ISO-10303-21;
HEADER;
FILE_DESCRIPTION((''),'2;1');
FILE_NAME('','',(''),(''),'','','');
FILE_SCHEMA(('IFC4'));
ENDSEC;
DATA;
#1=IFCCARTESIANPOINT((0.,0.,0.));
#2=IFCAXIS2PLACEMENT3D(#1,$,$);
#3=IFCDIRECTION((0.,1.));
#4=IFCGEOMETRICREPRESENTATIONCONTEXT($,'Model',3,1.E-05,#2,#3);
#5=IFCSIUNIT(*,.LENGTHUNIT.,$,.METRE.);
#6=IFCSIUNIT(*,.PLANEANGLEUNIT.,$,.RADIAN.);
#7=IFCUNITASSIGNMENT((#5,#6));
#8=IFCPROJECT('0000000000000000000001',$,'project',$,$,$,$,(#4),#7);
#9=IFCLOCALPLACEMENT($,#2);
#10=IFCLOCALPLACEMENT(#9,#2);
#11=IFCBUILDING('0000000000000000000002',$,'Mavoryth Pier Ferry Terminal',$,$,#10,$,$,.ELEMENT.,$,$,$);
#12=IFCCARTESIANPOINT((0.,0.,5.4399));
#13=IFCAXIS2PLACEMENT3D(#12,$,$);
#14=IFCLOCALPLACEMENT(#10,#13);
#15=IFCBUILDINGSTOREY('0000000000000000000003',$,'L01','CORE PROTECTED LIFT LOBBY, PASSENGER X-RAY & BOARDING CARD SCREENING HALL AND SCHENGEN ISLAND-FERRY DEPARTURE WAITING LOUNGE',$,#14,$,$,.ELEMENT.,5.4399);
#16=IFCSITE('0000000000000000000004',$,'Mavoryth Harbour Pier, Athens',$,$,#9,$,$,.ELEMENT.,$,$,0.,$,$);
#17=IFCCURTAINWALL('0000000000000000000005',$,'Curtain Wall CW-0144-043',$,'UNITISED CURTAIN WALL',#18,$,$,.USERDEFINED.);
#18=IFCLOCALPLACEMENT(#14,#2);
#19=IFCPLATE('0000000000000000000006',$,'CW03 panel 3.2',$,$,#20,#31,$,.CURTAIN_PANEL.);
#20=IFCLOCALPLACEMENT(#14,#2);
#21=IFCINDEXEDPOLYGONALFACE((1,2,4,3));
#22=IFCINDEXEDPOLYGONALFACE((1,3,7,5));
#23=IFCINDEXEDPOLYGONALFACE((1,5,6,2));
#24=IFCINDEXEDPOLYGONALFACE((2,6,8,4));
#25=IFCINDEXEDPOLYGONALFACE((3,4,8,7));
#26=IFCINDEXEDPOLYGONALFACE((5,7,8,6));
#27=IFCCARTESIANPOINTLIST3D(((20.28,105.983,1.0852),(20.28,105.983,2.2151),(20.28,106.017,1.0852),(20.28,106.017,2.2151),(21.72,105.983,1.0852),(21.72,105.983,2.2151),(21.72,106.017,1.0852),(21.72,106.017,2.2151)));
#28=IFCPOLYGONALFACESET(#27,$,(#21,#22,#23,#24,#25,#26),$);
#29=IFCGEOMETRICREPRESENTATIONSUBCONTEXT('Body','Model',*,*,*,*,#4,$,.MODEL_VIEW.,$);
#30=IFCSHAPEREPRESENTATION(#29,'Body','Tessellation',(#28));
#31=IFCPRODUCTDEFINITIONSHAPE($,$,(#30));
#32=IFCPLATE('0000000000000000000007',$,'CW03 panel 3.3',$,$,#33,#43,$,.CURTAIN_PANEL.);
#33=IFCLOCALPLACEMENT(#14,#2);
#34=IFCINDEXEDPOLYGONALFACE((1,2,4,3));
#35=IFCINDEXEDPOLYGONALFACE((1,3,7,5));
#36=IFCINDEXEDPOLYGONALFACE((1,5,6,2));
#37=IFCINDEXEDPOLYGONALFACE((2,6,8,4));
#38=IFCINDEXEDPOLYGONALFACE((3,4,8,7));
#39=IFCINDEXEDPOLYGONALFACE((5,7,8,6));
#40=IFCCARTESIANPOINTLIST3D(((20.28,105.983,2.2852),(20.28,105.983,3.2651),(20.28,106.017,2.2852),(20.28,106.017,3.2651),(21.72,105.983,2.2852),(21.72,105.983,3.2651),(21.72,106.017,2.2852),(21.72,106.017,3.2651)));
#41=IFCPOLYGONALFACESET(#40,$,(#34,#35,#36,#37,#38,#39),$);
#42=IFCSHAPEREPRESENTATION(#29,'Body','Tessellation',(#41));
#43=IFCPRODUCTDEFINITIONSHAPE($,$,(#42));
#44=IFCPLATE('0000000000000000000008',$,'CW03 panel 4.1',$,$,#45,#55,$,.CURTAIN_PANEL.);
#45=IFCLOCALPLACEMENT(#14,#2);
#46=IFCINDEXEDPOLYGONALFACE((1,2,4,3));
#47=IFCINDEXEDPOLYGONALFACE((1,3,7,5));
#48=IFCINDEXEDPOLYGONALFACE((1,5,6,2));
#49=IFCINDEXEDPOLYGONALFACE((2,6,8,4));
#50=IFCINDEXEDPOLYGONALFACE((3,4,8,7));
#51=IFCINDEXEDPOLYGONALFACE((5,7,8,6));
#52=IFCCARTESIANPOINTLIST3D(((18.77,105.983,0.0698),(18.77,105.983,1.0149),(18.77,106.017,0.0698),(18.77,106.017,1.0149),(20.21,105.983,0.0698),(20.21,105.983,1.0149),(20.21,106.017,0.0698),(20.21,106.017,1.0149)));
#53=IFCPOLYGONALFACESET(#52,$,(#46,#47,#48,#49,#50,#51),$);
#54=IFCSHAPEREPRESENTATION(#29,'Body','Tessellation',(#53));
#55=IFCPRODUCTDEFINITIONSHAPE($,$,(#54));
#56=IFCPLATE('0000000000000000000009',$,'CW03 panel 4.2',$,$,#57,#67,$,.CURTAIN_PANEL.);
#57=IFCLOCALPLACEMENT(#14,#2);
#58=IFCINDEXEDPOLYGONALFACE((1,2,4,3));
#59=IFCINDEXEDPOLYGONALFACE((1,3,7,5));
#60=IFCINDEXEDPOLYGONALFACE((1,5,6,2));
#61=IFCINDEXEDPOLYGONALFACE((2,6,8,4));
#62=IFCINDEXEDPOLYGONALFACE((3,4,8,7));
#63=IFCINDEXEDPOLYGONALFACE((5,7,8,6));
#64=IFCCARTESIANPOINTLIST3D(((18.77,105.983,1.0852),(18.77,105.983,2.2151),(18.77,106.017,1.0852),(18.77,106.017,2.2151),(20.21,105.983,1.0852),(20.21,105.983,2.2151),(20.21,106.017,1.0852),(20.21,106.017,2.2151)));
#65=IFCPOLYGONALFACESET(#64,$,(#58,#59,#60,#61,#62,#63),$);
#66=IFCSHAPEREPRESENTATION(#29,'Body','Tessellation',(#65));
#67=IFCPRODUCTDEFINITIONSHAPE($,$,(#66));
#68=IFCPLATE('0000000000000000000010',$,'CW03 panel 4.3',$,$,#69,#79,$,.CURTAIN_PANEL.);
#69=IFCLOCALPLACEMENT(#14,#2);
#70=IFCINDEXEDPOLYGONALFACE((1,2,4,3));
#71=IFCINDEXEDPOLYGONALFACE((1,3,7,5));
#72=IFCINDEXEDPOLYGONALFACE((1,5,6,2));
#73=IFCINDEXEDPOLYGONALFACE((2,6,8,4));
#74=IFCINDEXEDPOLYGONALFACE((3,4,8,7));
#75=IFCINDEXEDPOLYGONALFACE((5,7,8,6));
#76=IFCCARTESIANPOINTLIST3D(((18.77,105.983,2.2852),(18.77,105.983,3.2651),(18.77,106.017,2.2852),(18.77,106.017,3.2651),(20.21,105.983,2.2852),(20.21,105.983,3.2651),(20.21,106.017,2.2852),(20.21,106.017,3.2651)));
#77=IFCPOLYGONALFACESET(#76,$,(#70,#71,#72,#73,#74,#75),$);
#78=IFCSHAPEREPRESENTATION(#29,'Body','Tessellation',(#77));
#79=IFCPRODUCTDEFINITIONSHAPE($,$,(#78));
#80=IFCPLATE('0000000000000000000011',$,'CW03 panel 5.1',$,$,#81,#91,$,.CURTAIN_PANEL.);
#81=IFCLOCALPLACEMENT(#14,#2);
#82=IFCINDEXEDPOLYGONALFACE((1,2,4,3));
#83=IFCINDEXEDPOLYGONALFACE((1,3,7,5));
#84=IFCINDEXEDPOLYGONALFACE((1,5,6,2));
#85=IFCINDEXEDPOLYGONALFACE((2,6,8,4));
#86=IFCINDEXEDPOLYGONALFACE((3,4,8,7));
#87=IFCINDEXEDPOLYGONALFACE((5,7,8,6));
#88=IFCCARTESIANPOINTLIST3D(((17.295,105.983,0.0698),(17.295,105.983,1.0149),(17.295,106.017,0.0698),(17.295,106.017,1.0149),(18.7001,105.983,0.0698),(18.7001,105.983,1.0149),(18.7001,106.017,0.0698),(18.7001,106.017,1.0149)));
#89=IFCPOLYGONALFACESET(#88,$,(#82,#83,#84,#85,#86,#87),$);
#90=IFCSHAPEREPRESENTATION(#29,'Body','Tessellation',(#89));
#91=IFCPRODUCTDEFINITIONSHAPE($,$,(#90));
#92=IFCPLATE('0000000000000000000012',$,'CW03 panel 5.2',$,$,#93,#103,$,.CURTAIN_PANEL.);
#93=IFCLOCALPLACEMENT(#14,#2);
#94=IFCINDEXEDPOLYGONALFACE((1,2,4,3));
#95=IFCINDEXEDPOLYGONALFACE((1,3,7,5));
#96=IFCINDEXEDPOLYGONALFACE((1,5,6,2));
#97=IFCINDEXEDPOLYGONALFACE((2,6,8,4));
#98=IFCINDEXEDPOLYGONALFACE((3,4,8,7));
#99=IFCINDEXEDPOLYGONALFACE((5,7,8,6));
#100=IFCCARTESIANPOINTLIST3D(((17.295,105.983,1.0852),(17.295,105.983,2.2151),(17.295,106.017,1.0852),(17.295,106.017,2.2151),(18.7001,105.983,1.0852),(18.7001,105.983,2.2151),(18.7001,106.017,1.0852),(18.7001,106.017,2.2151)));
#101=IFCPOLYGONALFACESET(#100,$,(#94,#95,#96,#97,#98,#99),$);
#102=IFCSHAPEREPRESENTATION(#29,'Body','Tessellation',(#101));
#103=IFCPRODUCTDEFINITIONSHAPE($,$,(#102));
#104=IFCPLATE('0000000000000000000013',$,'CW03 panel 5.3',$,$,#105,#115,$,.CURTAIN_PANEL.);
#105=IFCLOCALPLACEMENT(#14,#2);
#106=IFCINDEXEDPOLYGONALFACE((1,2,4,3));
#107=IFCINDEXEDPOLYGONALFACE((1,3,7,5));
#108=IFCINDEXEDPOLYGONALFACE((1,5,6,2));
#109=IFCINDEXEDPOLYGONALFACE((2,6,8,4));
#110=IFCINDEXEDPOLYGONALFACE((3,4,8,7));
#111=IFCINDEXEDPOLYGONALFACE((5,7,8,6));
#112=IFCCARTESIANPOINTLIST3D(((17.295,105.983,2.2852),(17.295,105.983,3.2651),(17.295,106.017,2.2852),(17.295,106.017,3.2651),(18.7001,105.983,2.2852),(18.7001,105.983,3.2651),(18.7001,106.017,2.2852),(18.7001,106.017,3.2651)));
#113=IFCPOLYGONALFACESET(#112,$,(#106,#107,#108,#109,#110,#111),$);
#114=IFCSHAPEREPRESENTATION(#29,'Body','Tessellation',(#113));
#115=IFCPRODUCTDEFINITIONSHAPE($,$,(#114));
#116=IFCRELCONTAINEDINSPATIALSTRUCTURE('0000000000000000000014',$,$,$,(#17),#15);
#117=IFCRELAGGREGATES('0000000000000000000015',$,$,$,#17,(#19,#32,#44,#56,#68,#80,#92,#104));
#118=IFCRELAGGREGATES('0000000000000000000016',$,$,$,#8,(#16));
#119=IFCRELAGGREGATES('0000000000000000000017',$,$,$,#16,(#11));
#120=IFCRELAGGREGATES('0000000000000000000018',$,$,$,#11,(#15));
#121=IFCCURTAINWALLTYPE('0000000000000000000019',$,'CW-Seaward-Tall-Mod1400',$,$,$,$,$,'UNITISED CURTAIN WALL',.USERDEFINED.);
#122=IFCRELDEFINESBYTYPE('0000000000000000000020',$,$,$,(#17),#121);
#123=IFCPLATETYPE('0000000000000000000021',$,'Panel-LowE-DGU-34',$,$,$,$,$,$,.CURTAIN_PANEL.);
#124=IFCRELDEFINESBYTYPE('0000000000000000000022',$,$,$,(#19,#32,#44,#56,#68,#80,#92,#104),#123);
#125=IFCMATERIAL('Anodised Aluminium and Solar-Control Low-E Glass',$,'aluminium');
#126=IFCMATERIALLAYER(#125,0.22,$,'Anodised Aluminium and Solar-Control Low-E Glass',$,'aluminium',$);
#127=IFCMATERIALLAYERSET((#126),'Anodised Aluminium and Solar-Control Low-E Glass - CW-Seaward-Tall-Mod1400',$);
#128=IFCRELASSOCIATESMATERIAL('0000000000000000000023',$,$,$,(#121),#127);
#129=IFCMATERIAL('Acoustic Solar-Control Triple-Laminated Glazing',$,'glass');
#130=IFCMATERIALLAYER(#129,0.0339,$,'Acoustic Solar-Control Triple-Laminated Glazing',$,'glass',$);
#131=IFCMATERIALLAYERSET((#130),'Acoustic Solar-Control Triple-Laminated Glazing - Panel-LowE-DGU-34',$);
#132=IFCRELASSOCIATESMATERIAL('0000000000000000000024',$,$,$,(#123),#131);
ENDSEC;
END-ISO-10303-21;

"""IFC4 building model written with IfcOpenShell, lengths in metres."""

from ifc_helpers import new_model, si_unit, direction, frame, origin, origin_2d, place, context, subcontext, project, spatial, rectangle, extrude, material, layer, layer_set, type_object, element, aggregate, save


model = new_model("IFC4")

# Units and contexts
model_context = context("Model", 3, precision=1e-05, world=origin(), true_north=direction((0.0, 1.0)))
body_context = subcontext(model_context, "Body", "Model", "MODEL_VIEW")
ifc_project = project(units=[si_unit("LENGTHUNIT", "METRE"), si_unit("PLANEANGLEUNIT", "RADIAN")], contexts=[model_context])

# Site, building, storey
site_placement = place(None, origin())
site = spatial("IfcSite", under=ifc_project, at=site_placement, Name="Mavoryth Harbour Pier, Athens", CompositionType="ELEMENT", RefElevation=0.0)
building_placement = place(site_placement, origin())
building = spatial("IfcBuilding", under=site, at=building_placement, Name="Mavoryth Pier Ferry Terminal", CompositionType="ELEMENT")
storey_placement = place(building_placement, frame((0.0, 0.0, 5.4399)))
storey = spatial("IfcBuildingStorey", under=building, at=storey_placement, Name="L01", Description="CORE PROTECTED LIFT LOBBY, PASSENGER X-RAY & BOARDING CARD SCREENING HALL AND SCHENGEN ISLAND-FERRY DEPARTURE WAITING LOUNGE", CompositionType="ELEMENT", Elevation=5.4399)

# Curtain wall
ifc_material_1 = material(Name="Anodised Aluminium and Solar-Control Low-E Glass", Category="aluminium")
ifc_layer_1 = layer(ifc_material_1, 0.22, Name="Anodised Aluminium and Solar-Control Low-E Glass", Category="aluminium")
ifc_layer_set_1 = layer_set([ifc_layer_1], Name="Anodised Aluminium and Solar-Control Low-E Glass - CW-Seaward-Tall-Mod1400")
curtain_wall_type = type_object("IfcCurtainWallType", Name="CW-Seaward-Tall-Mod1400", ElementType="UNITISED CURTAIN WALL", PredefinedType="USERDEFINED", material=ifc_layer_set_1)
curtain_wall_placement = place(storey_placement, origin())
curtain_wall = element("IfcCurtainWall", 1, at=curtain_wall_placement, inside=storey, type_object=curtain_wall_type, Name="Curtain Wall CW-0144-043", ObjectType="UNITISED CURTAIN WALL", PredefinedType="USERDEFINED")

# Plates
ifc_material_2 = material(Name="Acoustic Solar-Control Triple-Laminated Glazing", Category="glass")
ifc_layer_2 = layer(ifc_material_2, 0.0339, Name="Acoustic Solar-Control Triple-Laminated Glazing", Category="glass")
ifc_layer_set_2 = layer_set([ifc_layer_2], Name="Acoustic Solar-Control Triple-Laminated Glazing - Panel-LowE-DGU-34")
plate_type = type_object("IfcPlateType", Name="Panel-LowE-DGU-34", PredefinedType="CURTAIN_PANEL", material=ifc_layer_set_2)
plate_1_placement = place(storey_placement, frame((21.0, 106.0, 1.0852), z_axis=(0.0, 0.0, 1.0), x_axis=(-1.0, 0.0, 0.0)))
plate_1 = element("IfcPlate", 2, at=plate_1_placement, type_object=plate_type, Name="CW03 panel 3.2", PredefinedType="CURTAIN_PANEL", context=body_context, shape_type="SweptSolid", body=[
    extrude(rectangle(XDim=1.4399, YDim=0.0339, at=origin_2d()), origin(), (0.0, 0.0, 1.0), 1.1299),
])
plate_2_placement = place(storey_placement, frame((21.0, 106.0, 2.2852), z_axis=(0.0, 0.0, 1.0), x_axis=(-1.0, 0.0, 0.0)))
plate_2 = element("IfcPlate", 3, at=plate_2_placement, type_object=plate_type, Name="CW03 panel 3.3", PredefinedType="CURTAIN_PANEL", context=body_context, shape_type="SweptSolid", body=[
    extrude(rectangle(XDim=1.4399, YDim=0.0339, at=origin_2d()), origin(), (0.0, 0.0, 1.0), 0.98),
])
plate_3_placement = place(storey_placement, frame((19.49, 106.0, 0.0698), z_axis=(0.0, 0.0, 1.0), x_axis=(-1.0, 0.0, 0.0)))
plate_3 = element("IfcPlate", 4, at=plate_3_placement, type_object=plate_type, Name="CW03 panel 4.1", PredefinedType="CURTAIN_PANEL", context=body_context, shape_type="SweptSolid", body=[
    extrude(rectangle(XDim=1.4399, YDim=0.0339, at=origin_2d()), origin(), (0.0, 0.0, 1.0), 0.9451),
])
plate_4_placement = place(storey_placement, frame((19.49, 106.0, 1.0852), z_axis=(0.0, 0.0, 1.0), x_axis=(-1.0, 0.0, 0.0)))
plate_4 = element("IfcPlate", 5, at=plate_4_placement, type_object=plate_type, Name="CW03 panel 4.2", PredefinedType="CURTAIN_PANEL", context=body_context, shape_type="SweptSolid", body=[
    extrude(rectangle(XDim=1.4399, YDim=0.0339, at=origin_2d()), origin(), (0.0, 0.0, 1.0), 1.1299),
])
plate_5_placement = place(storey_placement, frame((19.49, 106.0, 2.2852), z_axis=(0.0, 0.0, 1.0), x_axis=(-1.0, 0.0, 0.0)))
plate_5 = element("IfcPlate", 6, at=plate_5_placement, type_object=plate_type, Name="CW03 panel 4.3", PredefinedType="CURTAIN_PANEL", context=body_context, shape_type="SweptSolid", body=[
    extrude(rectangle(XDim=1.4399, YDim=0.0339, at=origin_2d()), origin(), (0.0, 0.0, 1.0), 0.98),
])
plate_6_placement = place(storey_placement, frame((17.9976, 106.0, 0.0698), z_axis=(0.0, 0.0, 1.0), x_axis=(-1.0, 0.0, 0.0)))
plate_6 = element("IfcPlate", 7, at=plate_6_placement, type_object=plate_type, Name="CW03 panel 5.1", PredefinedType="CURTAIN_PANEL", context=body_context, shape_type="SweptSolid", body=[
    extrude(rectangle(XDim=1.405, YDim=0.0339, at=origin_2d()), origin(), (0.0, 0.0, 1.0), 0.9451),
])
plate_7_placement = place(storey_placement, frame((17.9976, 106.0, 1.0852), z_axis=(0.0, 0.0, 1.0), x_axis=(-1.0, 0.0, 0.0)))
plate_7 = element("IfcPlate", 8, at=plate_7_placement, type_object=plate_type, Name="CW03 panel 5.2", PredefinedType="CURTAIN_PANEL", context=body_context, shape_type="SweptSolid", body=[
    extrude(rectangle(XDim=1.405, YDim=0.0339, at=origin_2d()), origin(), (0.0, 0.0, 1.0), 1.1299),
])
plate_8_placement = place(storey_placement, frame((17.9976, 106.0, 2.2852), z_axis=(0.0, 0.0, 1.0), x_axis=(-1.0, 0.0, 0.0)))
plate_8 = element("IfcPlate", 9, at=plate_8_placement, type_object=plate_type, Name="CW03 panel 5.3", PredefinedType="CURTAIN_PANEL", context=body_context, shape_type="SweptSolid", body=[
    extrude(rectangle(XDim=1.405, YDim=0.0339, at=origin_2d()), origin(), (0.0, 0.0, 1.0), 0.98),
])
aggregate(curtain_wall, [plate_1, plate_2, plate_3, plate_4, plate_5, plate_6, plate_7, plate_8])

save(model, "model.ifc")
